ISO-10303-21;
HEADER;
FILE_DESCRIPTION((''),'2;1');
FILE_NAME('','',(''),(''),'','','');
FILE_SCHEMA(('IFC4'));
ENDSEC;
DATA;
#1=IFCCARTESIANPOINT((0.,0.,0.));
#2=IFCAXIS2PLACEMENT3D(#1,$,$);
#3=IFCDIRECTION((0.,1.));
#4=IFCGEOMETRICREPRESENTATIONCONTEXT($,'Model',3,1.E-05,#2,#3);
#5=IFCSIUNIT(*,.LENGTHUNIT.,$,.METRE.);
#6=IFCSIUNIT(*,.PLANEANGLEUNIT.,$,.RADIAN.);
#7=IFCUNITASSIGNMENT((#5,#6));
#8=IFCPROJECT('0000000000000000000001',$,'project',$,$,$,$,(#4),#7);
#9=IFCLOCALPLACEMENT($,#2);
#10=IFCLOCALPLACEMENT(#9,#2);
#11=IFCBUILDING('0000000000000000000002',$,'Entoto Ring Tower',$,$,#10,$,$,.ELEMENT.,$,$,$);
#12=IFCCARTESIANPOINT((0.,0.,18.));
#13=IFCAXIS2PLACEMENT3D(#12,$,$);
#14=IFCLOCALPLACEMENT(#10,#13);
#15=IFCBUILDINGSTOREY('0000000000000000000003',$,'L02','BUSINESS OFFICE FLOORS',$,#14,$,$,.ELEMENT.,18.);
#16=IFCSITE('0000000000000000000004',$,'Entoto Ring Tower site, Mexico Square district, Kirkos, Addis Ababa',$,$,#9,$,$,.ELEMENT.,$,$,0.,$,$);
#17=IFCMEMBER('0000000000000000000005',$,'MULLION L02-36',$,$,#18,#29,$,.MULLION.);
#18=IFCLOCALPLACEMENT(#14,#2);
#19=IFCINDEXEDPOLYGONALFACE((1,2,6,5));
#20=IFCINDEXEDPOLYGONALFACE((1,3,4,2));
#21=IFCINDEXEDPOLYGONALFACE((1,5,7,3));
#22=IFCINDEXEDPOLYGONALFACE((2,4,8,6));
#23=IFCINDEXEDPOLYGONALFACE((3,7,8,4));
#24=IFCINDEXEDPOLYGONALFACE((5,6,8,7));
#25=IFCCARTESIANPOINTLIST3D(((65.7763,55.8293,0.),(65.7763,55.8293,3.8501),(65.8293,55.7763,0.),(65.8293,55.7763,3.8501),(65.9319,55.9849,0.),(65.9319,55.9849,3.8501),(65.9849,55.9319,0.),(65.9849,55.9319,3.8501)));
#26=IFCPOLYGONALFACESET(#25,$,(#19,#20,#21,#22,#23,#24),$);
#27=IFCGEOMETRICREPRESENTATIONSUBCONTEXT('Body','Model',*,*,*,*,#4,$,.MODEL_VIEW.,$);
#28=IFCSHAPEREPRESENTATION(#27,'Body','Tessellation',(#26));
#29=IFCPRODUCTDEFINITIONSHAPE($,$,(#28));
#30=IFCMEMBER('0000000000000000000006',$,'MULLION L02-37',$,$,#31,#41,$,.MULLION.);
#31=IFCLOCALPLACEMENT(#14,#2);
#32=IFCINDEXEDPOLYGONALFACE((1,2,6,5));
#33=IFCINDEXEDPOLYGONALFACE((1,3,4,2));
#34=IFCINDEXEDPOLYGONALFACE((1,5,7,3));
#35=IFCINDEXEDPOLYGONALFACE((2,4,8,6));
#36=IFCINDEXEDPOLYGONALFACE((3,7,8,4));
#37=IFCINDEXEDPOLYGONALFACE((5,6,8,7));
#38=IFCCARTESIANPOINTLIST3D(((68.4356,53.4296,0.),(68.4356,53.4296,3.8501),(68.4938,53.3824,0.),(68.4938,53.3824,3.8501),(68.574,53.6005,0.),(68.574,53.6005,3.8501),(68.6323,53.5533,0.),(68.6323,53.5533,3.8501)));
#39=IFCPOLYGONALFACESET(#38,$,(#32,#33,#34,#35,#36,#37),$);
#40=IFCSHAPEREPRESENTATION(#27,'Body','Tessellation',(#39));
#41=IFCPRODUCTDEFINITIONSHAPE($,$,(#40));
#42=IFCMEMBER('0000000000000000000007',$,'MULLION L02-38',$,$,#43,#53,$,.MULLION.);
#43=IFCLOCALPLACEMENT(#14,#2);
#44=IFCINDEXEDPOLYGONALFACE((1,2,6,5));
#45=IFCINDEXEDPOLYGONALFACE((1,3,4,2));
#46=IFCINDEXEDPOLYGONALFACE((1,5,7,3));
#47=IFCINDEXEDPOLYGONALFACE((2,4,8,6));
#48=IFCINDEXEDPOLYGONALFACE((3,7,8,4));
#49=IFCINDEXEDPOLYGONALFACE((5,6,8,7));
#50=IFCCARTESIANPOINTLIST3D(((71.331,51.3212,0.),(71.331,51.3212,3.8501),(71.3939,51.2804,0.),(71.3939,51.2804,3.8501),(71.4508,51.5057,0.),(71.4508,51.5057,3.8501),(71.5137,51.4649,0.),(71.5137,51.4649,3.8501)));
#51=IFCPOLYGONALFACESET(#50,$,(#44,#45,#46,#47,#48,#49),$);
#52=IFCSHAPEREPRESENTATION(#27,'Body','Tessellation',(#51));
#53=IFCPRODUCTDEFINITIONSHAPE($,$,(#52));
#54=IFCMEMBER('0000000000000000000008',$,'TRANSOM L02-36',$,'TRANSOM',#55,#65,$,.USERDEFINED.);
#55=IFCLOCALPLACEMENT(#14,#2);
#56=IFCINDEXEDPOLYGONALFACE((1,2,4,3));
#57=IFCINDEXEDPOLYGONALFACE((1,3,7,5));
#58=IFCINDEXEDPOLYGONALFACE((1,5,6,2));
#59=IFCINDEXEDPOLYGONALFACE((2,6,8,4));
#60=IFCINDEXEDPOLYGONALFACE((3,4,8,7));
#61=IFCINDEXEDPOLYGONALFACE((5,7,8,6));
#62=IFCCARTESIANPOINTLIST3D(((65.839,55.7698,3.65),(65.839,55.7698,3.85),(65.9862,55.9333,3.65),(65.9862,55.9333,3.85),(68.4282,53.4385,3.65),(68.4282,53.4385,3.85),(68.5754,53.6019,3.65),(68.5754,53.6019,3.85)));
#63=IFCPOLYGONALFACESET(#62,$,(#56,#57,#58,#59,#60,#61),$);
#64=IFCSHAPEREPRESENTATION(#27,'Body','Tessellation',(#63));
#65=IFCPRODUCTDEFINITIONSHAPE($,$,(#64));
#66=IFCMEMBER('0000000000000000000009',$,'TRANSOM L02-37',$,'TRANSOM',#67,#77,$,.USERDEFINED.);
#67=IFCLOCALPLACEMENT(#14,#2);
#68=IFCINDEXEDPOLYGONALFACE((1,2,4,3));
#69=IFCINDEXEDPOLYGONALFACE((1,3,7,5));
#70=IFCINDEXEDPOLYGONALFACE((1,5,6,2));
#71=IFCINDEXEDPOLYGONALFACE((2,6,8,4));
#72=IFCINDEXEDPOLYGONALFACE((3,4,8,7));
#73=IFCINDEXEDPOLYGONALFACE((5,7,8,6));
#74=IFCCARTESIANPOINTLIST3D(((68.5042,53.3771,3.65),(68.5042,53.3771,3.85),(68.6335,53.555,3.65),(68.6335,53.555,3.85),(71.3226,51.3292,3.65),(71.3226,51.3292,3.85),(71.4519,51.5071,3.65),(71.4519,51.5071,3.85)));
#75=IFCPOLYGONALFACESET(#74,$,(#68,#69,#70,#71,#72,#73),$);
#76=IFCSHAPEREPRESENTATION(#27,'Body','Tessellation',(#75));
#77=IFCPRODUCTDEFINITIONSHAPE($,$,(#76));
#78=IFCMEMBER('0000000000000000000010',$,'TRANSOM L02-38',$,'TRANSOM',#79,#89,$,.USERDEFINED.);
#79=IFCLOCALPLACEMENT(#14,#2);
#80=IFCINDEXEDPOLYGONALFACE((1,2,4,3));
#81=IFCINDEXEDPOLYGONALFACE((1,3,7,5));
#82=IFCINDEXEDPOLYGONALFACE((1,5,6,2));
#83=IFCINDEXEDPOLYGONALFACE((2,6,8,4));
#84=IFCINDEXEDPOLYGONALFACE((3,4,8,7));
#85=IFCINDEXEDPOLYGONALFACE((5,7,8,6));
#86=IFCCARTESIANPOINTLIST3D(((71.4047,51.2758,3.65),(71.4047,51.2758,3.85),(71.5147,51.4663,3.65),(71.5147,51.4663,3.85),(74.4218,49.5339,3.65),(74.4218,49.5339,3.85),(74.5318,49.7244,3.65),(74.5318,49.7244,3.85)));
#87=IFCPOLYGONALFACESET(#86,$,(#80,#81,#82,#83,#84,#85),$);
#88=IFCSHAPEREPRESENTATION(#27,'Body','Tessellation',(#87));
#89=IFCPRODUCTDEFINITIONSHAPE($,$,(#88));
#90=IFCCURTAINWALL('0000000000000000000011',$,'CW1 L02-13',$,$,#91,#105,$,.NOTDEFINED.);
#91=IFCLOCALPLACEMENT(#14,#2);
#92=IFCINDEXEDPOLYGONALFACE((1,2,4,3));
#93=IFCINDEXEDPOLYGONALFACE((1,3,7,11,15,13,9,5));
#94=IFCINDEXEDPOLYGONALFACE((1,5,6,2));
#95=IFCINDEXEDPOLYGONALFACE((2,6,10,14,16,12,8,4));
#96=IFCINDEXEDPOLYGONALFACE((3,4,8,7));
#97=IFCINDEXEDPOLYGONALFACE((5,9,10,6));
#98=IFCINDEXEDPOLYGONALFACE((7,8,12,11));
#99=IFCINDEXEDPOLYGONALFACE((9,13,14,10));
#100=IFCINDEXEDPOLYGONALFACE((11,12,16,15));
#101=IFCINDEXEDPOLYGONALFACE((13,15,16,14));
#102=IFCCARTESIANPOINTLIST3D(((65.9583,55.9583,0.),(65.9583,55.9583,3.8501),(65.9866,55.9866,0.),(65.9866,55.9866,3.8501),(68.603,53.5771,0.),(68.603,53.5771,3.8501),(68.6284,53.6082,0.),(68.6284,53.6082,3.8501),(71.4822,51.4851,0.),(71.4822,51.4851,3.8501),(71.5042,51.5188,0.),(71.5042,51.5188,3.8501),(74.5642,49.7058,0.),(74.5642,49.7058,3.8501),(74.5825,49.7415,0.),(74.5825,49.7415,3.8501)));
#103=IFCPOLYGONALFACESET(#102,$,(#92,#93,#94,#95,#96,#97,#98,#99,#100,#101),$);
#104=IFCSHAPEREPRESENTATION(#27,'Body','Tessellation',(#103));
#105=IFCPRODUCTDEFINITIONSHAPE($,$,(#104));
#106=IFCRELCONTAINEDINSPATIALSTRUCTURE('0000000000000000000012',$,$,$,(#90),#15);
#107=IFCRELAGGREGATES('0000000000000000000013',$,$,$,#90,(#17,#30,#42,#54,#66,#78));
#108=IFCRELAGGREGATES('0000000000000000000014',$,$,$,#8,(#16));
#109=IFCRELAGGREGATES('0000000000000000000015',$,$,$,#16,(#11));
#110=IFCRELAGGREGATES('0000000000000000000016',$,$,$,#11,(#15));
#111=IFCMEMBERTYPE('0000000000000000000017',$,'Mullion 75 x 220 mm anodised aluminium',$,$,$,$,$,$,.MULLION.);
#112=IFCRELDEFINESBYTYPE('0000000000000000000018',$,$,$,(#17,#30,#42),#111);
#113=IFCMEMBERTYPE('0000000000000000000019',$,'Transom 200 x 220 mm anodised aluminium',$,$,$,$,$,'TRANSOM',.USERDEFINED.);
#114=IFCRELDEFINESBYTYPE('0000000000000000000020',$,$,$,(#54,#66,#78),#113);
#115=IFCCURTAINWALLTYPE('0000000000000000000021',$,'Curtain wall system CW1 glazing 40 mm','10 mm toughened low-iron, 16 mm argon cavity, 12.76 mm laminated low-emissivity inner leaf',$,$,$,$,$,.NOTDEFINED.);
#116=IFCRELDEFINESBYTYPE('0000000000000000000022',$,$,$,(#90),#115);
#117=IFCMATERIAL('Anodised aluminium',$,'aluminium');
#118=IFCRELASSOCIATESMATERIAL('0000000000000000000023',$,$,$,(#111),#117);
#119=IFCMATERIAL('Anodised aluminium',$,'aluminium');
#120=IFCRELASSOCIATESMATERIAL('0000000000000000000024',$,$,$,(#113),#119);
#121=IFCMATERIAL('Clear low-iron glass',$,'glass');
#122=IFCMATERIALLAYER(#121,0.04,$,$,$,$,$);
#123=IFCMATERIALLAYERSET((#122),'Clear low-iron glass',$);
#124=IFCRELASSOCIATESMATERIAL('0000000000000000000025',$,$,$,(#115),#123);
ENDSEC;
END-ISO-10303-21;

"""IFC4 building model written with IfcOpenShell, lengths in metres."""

from ifc_helpers import new_model, si_unit, direction, frame, origin, origin_2d, place, context, subcontext, project, spatial, polyline, rectangle, outline, extrude, material, layer, layer_set, material_profile, profile_set, type_object, element, aggregate, save


model = new_model("IFC4")

# Units and contexts
model_context = context("Model", 3, precision=1e-05, world=origin(), true_north=direction((0.0, 1.0)))
body_context = subcontext(model_context, "Body", "Model", "MODEL_VIEW")
ifc_project = project(units=[si_unit("LENGTHUNIT", "METRE"), si_unit("PLANEANGLEUNIT", "RADIAN")], contexts=[model_context])

# Members
ifc_material_1 = material(Name="Anodised aluminium", Category="aluminium")
ifc_material_profile_1 = material_profile(ifc_material_1, rectangle(XDim=0.075, YDim=0.22, at=origin_2d()), Name="Mullion 75 x 220 mm anodised aluminium")
ifc_profile_set_1 = profile_set([ifc_material_profile_1], Name="Anodised aluminium")
member_type_1 = type_object("IfcMemberType", Name="Mullion 75 x 220 mm anodised aluminium", PredefinedType="MULLION", material=ifc_profile_set_1)
site_placement = place(None, origin())
building_placement = place(site_placement, origin())
storey_placement = place(building_placement, frame((0.0, 0.0, 18.0)))
member_1_placement = place(storey_placement, frame((65.8806, 55.8806, 0.0), z_axis=(0.0, 0.0, 1.0), x_axis=(0.707107, -0.707107, 0.0)))
member_1 = element("IfcMember", 1, at=member_1_placement, type_object=member_type_1, Name="MULLION L02-36", PredefinedType="MULLION", context=body_context, shape_type="SweptSolid", body=[
    extrude(rectangle(XDim=0.075, YDim=0.22, at=origin_2d()), origin(), (0.0, 0.0, 1.0), 3.8501),
])
member_2_placement = place(storey_placement, frame((68.5339, 53.4915, 0.0), z_axis=(0.0, 0.0, 1.0), x_axis=(0.777146, -0.62932, 0.0)))
member_2 = element("IfcMember", 2, at=member_2_placement, type_object=member_type_1, Name="MULLION L02-37", PredefinedType="MULLION", context=body_context, shape_type="SweptSolid", body=[
    extrude(rectangle(XDim=0.075, YDim=0.22, at=origin_2d()), origin(), (0.0, 0.0, 1.0), 3.8501),
])
member_3_placement = place(storey_placement, frame((71.4224, 51.3931, 0.0), z_axis=(0.0, 0.0, 1.0), x_axis=(0.838671, -0.544639, 0.0)))
member_3 = element("IfcMember", 3, at=member_3_placement, type_object=member_type_1, Name="MULLION L02-38", PredefinedType="MULLION", context=body_context, shape_type="SweptSolid", body=[
    extrude(rectangle(XDim=0.075, YDim=0.22, at=origin_2d()), origin(), (0.0, 0.0, 1.0), 3.8501),
])
ifc_material_2 = material(Name="Anodised aluminium", Category="aluminium")
ifc_material_profile_2 = material_profile(ifc_material_2, rectangle(XDim=0.22, YDim=0.2, at=origin_2d()), Name="Transom 200 x 220 mm anodised aluminium")
ifc_profile_set_2 = profile_set([ifc_material_profile_2], Name="Anodised aluminium")
member_type_2 = type_object("IfcMemberType", Name="Transom 200 x 220 mm anodised aluminium", ElementType="TRANSOM", PredefinedType="USERDEFINED", material=ifc_profile_set_2)
member_4_placement = place(storey_placement, frame((65.9126, 55.8516, 3.75), z_axis=(0.743137, -0.669139, 0.0), x_axis=(0.669139, 0.743137, 0.0)))
member_4 = element("IfcMember", 4, at=member_4_placement, type_object=member_type_2, Name="TRANSOM L02-36", ObjectType="TRANSOM", PredefinedType="USERDEFINED", context=body_context, shape_type="SweptSolid", body=[
    extrude(rectangle(XDim=0.22, YDim=0.2, at=origin_2d()), origin(), (0.0, 0.0, 1.0), 3.4841),
])
member_5_placement = place(storey_placement, frame((68.5688, 53.4661, 3.75), z_axis=(0.808991, -0.587822, 0.0), x_axis=(0.587822, 0.808991, 0.0)))
member_5 = element("IfcMember", 5, at=member_5_placement, type_object=member_type_2, Name="TRANSOM L02-37", ObjectType="TRANSOM", PredefinedType="USERDEFINED", context=body_context, shape_type="SweptSolid", body=[
    extrude(rectangle(XDim=0.22, YDim=0.2, at=origin_2d()), origin(), (0.0, 0.0, 1.0), 3.4839),
])
member_6_placement = place(storey_placement, frame((71.4597, 51.3711, 3.75), z_axis=(0.866022, -0.500006, 0.0), x_axis=(0.500006, 0.866022, 0.0)))
member_6 = element("IfcMember", 6, at=member_6_placement, type_object=member_type_2, Name="TRANSOM L02-38", ObjectType="TRANSOM", PredefinedType="USERDEFINED", context=body_context, shape_type="SweptSolid", body=[
    extrude(rectangle(XDim=0.22, YDim=0.2, at=origin_2d()), origin(), (0.0, 0.0, 1.0), 3.4839),
])

# Site, building, storey
site = spatial("IfcSite", under=ifc_project, at=site_placement, Name="Entoto Ring Tower site, Mexico Square district, Kirkos, Addis Ababa", CompositionType="ELEMENT", RefElevation=0.0)
building = spatial("IfcBuilding", under=site, at=building_placement, Name="Entoto Ring Tower", CompositionType="ELEMENT")
storey = spatial("IfcBuildingStorey", under=building, at=storey_placement, Name="L02", Description="BUSINESS OFFICE FLOORS", CompositionType="ELEMENT", Elevation=18.0)

# Curtain wall
ifc_material_3 = material(Name="Clear low-iron glass", Category="glass")
ifc_layer = layer(ifc_material_3, 0.04)
ifc_layer_set = layer_set([ifc_layer], Name="Clear low-iron glass")
curtain_wall_type = type_object("IfcCurtainWallType", Name="Curtain wall system CW1 glazing 40 mm", Description="10 mm toughened low-iron, 16 mm argon cavity, 12.76 mm laminated low-emissivity inner leaf", PredefinedType="NOTDEFINED", material=ifc_layer_set)
curtain_wall_1_placement = place(storey_placement, origin())
curtain_wall_1 = element("IfcCurtainWall", 7, at=curtain_wall_1_placement, inside=storey, type_object=curtain_wall_type, Name="CW1 L02-13", PredefinedType="NOTDEFINED", context=body_context, shape_type="SweptSolid", body=[
    extrude(outline(polyline([(65.9583, 55.9583), (68.603, 53.5771), (71.4822, 51.4851), (74.5642, 49.7058), (74.5825, 49.7415), (71.5042, 51.5188), (68.6284, 53.6082), (65.9866, 55.9866), (65.9583, 55.9583)])), origin(), (0.0, 0.0, 1.0), 3.8501),
])
aggregate(curtain_wall_1, [member_1, member_2, member_3, member_4, member_5, member_6])

save(model, "model.ifc")
